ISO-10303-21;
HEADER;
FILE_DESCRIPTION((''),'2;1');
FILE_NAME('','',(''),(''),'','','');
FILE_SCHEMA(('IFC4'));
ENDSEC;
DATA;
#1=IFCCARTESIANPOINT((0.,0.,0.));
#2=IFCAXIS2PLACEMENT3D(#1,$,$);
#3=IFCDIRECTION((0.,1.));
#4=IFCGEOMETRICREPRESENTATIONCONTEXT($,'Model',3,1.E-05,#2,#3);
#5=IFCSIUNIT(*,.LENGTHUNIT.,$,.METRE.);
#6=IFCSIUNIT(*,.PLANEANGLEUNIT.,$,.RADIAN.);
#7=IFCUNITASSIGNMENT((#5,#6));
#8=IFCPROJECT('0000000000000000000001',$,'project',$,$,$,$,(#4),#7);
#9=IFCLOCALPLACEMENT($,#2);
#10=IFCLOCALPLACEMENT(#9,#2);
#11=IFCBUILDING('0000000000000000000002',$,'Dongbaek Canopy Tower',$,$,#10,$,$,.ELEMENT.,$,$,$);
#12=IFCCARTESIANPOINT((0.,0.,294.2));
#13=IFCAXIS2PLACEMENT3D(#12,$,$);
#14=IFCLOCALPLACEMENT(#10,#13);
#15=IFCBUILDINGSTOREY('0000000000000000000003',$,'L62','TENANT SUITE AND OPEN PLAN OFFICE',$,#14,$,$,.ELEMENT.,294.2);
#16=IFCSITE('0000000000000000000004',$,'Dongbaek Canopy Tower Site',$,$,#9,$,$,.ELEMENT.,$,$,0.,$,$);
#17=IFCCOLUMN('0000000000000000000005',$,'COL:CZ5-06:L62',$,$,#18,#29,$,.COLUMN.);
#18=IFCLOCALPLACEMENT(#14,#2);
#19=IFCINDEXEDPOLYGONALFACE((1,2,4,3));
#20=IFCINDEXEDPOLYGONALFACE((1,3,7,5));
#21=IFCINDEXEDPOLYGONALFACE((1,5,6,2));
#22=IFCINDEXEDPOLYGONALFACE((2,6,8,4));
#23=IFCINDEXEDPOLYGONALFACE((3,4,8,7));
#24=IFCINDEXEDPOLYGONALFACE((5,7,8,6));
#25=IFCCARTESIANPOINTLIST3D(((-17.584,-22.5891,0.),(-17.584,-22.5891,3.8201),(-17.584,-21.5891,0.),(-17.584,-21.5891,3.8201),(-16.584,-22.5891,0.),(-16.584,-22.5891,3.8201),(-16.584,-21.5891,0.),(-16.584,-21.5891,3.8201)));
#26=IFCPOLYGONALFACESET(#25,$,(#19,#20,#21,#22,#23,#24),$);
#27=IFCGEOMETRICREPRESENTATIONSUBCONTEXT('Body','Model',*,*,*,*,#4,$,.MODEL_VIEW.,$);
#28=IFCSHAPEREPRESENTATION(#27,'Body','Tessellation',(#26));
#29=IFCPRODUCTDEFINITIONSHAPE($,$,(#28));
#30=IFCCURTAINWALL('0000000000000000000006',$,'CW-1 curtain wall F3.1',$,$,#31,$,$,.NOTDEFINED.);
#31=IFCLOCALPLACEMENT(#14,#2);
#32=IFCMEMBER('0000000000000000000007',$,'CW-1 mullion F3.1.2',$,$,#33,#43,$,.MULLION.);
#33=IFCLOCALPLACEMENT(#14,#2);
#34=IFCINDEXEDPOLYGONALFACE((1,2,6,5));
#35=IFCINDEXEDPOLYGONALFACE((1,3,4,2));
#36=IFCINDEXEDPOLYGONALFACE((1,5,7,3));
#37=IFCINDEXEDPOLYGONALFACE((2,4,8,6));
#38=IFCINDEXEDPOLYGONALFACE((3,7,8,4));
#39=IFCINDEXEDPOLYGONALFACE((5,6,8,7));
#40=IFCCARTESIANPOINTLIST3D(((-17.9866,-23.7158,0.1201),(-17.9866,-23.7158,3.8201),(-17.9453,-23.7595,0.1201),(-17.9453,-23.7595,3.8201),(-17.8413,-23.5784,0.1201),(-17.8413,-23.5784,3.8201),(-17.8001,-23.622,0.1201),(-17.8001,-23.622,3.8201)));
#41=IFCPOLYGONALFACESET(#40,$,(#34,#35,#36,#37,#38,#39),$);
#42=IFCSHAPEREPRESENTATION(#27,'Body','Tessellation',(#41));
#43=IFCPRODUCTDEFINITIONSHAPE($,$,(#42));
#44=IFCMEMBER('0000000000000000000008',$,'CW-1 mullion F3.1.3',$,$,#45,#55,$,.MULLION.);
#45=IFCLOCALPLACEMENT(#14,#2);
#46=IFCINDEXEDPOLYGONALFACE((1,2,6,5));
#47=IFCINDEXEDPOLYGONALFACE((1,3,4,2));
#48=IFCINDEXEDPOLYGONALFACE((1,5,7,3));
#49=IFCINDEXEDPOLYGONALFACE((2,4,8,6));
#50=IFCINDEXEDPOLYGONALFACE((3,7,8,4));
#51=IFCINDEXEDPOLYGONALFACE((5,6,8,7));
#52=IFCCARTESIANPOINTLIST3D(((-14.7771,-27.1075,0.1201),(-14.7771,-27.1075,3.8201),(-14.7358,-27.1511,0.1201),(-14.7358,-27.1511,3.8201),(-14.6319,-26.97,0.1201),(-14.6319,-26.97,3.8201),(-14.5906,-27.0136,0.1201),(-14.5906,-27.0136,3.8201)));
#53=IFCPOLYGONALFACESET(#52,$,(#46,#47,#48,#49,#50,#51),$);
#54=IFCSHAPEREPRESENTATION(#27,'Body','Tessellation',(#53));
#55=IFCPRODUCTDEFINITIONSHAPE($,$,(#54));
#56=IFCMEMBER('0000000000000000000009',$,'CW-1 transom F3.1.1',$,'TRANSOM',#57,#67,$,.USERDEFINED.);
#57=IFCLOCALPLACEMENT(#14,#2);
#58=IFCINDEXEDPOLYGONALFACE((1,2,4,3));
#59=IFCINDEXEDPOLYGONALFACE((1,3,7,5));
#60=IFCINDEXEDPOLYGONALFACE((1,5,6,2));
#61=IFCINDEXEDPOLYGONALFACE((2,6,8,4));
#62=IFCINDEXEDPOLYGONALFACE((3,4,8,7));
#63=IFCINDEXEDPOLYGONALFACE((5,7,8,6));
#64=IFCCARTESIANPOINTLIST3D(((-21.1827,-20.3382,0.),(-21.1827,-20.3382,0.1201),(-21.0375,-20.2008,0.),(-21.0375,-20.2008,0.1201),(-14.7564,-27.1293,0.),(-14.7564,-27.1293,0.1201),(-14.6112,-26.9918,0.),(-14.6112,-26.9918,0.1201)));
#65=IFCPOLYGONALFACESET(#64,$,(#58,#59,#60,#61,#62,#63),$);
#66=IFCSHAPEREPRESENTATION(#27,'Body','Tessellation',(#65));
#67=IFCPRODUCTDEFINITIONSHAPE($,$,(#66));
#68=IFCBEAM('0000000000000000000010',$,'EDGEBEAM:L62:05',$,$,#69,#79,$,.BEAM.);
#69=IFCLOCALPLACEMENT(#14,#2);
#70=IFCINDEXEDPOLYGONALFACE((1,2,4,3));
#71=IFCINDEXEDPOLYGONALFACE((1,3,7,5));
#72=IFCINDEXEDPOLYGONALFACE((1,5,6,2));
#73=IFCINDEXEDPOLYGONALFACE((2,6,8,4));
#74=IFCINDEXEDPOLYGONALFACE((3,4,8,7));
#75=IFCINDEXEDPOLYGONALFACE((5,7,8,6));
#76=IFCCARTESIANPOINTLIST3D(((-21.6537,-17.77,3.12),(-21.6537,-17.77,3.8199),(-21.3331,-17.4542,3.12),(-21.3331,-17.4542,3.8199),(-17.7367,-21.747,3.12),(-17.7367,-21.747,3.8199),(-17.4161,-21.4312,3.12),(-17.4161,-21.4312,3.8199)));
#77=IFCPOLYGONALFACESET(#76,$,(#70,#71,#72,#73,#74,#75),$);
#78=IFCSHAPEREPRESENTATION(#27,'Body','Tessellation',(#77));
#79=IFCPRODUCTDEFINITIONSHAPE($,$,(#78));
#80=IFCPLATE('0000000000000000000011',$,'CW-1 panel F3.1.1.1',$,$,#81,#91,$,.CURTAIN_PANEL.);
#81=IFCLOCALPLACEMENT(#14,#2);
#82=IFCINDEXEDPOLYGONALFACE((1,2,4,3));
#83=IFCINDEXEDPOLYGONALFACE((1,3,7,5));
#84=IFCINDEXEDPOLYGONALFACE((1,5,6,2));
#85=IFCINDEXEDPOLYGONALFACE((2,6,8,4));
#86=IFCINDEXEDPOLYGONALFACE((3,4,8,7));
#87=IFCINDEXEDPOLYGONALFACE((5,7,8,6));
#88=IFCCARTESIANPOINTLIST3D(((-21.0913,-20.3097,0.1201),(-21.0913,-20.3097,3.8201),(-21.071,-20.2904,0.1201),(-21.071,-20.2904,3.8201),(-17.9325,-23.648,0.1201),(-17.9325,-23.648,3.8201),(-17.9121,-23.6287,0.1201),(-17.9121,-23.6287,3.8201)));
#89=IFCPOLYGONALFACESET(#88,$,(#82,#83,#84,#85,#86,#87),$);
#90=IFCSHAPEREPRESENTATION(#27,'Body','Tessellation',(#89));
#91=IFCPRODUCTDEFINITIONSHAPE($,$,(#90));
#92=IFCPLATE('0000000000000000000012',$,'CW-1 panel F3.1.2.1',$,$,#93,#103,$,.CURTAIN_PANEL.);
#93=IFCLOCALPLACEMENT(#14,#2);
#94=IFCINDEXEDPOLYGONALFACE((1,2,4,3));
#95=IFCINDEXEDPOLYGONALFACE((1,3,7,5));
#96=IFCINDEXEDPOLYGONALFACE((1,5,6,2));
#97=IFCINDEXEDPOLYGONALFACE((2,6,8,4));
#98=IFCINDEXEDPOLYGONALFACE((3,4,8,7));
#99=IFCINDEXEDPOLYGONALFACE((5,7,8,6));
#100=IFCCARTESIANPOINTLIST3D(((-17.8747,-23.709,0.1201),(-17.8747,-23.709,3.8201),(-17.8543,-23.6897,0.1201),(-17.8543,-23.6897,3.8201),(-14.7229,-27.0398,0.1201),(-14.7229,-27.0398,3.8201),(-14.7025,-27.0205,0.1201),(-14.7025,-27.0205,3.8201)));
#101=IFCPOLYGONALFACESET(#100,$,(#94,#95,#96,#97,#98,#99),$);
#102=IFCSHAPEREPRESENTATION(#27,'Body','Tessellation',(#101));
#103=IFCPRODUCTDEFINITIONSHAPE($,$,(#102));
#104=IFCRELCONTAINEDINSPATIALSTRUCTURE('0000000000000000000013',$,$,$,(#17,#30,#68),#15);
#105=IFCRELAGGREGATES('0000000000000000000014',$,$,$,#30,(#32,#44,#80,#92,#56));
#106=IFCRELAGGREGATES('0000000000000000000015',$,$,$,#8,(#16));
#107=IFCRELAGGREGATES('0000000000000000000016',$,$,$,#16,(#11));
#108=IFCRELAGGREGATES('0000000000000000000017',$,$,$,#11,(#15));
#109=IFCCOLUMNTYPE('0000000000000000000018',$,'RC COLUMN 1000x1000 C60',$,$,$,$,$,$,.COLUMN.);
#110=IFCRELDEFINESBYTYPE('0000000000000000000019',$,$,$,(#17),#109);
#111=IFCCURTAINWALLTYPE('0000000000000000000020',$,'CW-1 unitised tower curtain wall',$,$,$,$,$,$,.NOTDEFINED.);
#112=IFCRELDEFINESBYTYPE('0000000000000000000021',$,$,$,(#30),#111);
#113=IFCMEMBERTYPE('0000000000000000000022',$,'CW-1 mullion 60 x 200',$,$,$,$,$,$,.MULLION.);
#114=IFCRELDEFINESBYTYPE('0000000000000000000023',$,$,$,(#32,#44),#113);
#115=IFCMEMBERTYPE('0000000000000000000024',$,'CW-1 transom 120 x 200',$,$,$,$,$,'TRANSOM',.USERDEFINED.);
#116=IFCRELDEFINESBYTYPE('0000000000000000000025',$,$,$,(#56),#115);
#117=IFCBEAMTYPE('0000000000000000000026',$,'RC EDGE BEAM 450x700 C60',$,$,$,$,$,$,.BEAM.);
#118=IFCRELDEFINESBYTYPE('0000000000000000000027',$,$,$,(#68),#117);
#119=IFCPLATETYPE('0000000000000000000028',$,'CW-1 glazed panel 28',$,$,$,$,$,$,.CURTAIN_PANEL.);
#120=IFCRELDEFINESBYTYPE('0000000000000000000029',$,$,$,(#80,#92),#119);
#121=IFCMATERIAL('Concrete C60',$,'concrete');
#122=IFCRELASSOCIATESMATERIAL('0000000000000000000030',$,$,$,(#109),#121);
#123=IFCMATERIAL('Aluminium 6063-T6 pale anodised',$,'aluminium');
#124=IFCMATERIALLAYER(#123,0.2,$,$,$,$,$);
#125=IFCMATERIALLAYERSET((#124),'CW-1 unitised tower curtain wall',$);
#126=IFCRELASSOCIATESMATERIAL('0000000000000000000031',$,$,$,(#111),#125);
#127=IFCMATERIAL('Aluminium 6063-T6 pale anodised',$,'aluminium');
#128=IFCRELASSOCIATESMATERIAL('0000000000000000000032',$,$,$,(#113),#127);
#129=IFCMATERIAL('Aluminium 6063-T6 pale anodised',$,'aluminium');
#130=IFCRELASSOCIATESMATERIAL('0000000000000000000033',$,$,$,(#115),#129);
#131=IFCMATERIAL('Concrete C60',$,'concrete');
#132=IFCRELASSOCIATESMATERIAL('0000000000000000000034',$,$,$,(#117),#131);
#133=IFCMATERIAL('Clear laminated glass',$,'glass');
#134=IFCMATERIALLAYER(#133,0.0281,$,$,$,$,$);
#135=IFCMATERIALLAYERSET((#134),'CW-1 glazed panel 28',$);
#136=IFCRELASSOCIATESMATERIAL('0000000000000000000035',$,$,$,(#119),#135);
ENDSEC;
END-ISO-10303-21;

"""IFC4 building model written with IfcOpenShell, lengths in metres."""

from ifc_helpers import new_model, si_unit, direction, frame, origin, origin_2d, place, context, subcontext, project, spatial, rectangle, extrude, material, layer, layer_set, material_profile, profile_set, type_object, element, aggregate, save


model = new_model("IFC4")

# Units and contexts
model_context = context("Model", 3, precision=1e-05, world=origin(), true_north=direction((0.0, 1.0)))
body_context = subcontext(model_context, "Body", "Model", "MODEL_VIEW")
ifc_project = project(units=[si_unit("LENGTHUNIT", "METRE"), si_unit("PLANEANGLEUNIT", "RADIAN")], contexts=[model_context])

# Site, building, storey
site_placement = place(None, origin())
site = spatial("IfcSite", under=ifc_project, at=site_placement, Name="Dongbaek Canopy Tower Site", CompositionType="ELEMENT", RefElevation=0.0)
building_placement = place(site_placement, origin())
building = spatial("IfcBuilding", under=site, at=building_placement, Name="Dongbaek Canopy Tower", CompositionType="ELEMENT")
storey_placement = place(building_placement, frame((0.0, 0.0, 294.2)))
storey = spatial("IfcBuildingStorey", under=building, at=storey_placement, Name="L62", Description="TENANT SUITE AND OPEN PLAN OFFICE", CompositionType="ELEMENT", Elevation=294.2)

# Column
ifc_material_1 = material(Name="Concrete C60", Category="concrete")
ifc_material_profile_1 = material_profile(ifc_material_1, rectangle(XDim=1.0, YDim=1.0, at=origin_2d()), Name="RC COLUMN 1000x1000 C60")
ifc_profile_set_1 = profile_set([ifc_material_profile_1], Name="Concrete C60")
column_type = type_object("IfcColumnType", Name="RC COLUMN 1000x1000 C60", PredefinedType="COLUMN", material=ifc_profile_set_1)
column_placement = place(storey_placement, frame((-17.084, -22.0891, 0.0), z_axis=(0.0, 0.0, 1.0), x_axis=(1.0, 0.0, 0.0)))
element("IfcColumn", 1, at=column_placement, inside=storey, type_object=column_type, Name="COL:CZ5-06:L62", PredefinedType="COLUMN", context=body_context, shape_type="SweptSolid", body=[
    extrude(rectangle(XDim=1.0, YDim=1.0, at=origin_2d()), origin(), (0.0, 0.0, 1.0), 3.8201),
])

# Curtain wall, members
ifc_material_2 = material(Name="Aluminium 6063-T6 pale anodised", Category="aluminium")
ifc_layer_1 = layer(ifc_material_2, 0.2)
ifc_layer_set_1 = layer_set([ifc_layer_1], Name="CW-1 unitised tower curtain wall")
curtain_wall_type = type_object("IfcCurtainWallType", Name="CW-1 unitised tower curtain wall", PredefinedType="NOTDEFINED", material=ifc_layer_set_1)
curtain_wall_placement = place(storey_placement, origin())
curtain_wall = element("IfcCurtainWall", 2, at=curtain_wall_placement, inside=storey, type_object=curtain_wall_type, Name="CW-1 curtain wall F3.1", PredefinedType="NOTDEFINED")
ifc_material_3 = material(Name="Aluminium 6063-T6 pale anodised", Category="aluminium")
ifc_material_profile_2 = material_profile(ifc_material_3, rectangle(XDim=0.2, YDim=0.0601, at=origin_2d()), Name="CW-1 mullion 60 x 200")
ifc_profile_set_2 = profile_set([ifc_material_profile_2], Name="Aluminium 6063-T6 pale anodised")
member_type_1 = type_object("IfcMemberType", Name="CW-1 mullion 60 x 200", PredefinedType="MULLION", material=ifc_profile_set_2)
member_1_placement = place(storey_placement, frame((-17.8933, -23.6689, 0.1201), z_axis=(0.0, 0.0, 1.0), x_axis=(-0.726355, -0.68732, 0.0)))
member_1 = element("IfcMember", 3, at=member_1_placement, type_object=member_type_1, Name="CW-1 mullion F3.1.2", PredefinedType="MULLION", context=body_context, shape_type="SweptSolid", body=[
    extrude(rectangle(XDim=0.2, YDim=0.0601, at=origin_2d()), origin(), (0.0, 0.0, 1.0), 3.7),
])
member_2_placement = place(storey_placement, frame((-14.6838, -27.0605, 0.1201), z_axis=(0.0, 0.0, 1.0), x_axis=(-0.726355, -0.68732, 0.0)))
member_2 = element("IfcMember", 4, at=member_2_placement, type_object=member_type_1, Name="CW-1 mullion F3.1.3", PredefinedType="MULLION", context=body_context, shape_type="SweptSolid", body=[
    extrude(rectangle(XDim=0.2, YDim=0.0601, at=origin_2d()), origin(), (0.0, 0.0, 1.0), 3.7),
])
ifc_material_4 = material(Name="Aluminium 6063-T6 pale anodised", Category="aluminium")
ifc_material_profile_3 = material_profile(ifc_material_4, rectangle(XDim=0.2, YDim=0.1201, at=origin_2d()), Name="CW-1 transom 120 x 200")
ifc_profile_set_3 = profile_set([ifc_material_profile_3], Name="Aluminium 6063-T6 pale anodised")
member_type_2 = type_object("IfcMemberType", Name="CW-1 transom 120 x 200", ElementType="TRANSOM", PredefinedType="USERDEFINED", material=ifc_profile_set_3)
member_3_placement = place(storey_placement, frame((-21.1101, -20.2695, 0.0601), z_axis=(0.687332, -0.726344, 0.0), x_axis=(0.726344, 0.687332, 0.0)))
member_3 = element("IfcMember", 5, at=member_3_placement, type_object=member_type_2, Name="CW-1 transom F3.1.1", ObjectType="TRANSOM", PredefinedType="USERDEFINED", context=body_context, shape_type="SweptSolid", body=[
    extrude(rectangle(XDim=0.2, YDim=0.1201, at=origin_2d()), origin(), (0.0, 0.0, 1.0), 9.3496),
])

# Beam
ifc_material_5 = material(Name="Concrete C60", Category="concrete")
ifc_material_profile_4 = material_profile(ifc_material_5, rectangle(XDim=0.45, YDim=0.7, at=origin_2d()), Name="RC EDGE BEAM 450x700 C60")
ifc_profile_set_4 = profile_set([ifc_material_profile_4], Name="Concrete C60")
beam_type = type_object("IfcBeamType", Name="RC EDGE BEAM 450x700 C60", PredefinedType="BEAM", material=ifc_profile_set_4)
beam_placement = place(storey_placement, frame((-17.5764, -21.5891, 3.47), z_axis=(-0.701707, 0.712466, 0.0), x_axis=(-0.712466, -0.701707, 0.0)))
element("IfcBeam", 6, at=beam_placement, inside=storey, type_object=beam_type, Name="EDGEBEAM:L62:05", PredefinedType="BEAM", context=body_context, shape_type="SweptSolid", body=[
    extrude(rectangle(XDim=0.45, YDim=0.7, at=origin_2d()), origin(), (0.0, 0.0, 1.0), 5.582),
])

# Plates
ifc_material_6 = material(Name="Clear laminated glass", Category="glass")
ifc_layer_2 = layer(ifc_material_6, 0.0281)
ifc_layer_set_2 = layer_set([ifc_layer_2], Name="CW-1 glazed panel 28")
plate_type = type_object("IfcPlateType", Name="CW-1 glazed panel 28", PredefinedType="CURTAIN_PANEL", material=ifc_layer_set_2)
plate_1_placement = place(storey_placement, frame((-19.5017, -21.9692, 0.1201), z_axis=(0.0, 0.0, 1.0), x_axis=(0.68732, -0.726355, 0.0)))
plate_1 = element("IfcPlate", 7, at=plate_1_placement, type_object=plate_type, Name="CW-1 panel F3.1.1.1", PredefinedType="CURTAIN_PANEL", context=body_context, shape_type="SweptSolid", body=[
    extrude(rectangle(XDim=4.5959, YDim=0.0281, at=origin_2d()), origin(), (0.0, 0.0, 1.0), 3.7),
])
plate_2_placement = place(storey_placement, frame((-16.2886, -25.3647, 0.1201), z_axis=(0.0, 0.0, 1.0), x_axis=(0.68732, -0.726355, 0.0)))
plate_2 = element("IfcPlate", 8, at=plate_2_placement, type_object=plate_type, Name="CW-1 panel F3.1.2.1", PredefinedType="CURTAIN_PANEL", context=body_context, shape_type="SweptSolid", body=[
    extrude(rectangle(XDim=4.5857, YDim=0.0281, at=origin_2d()), origin(), (0.0, 0.0, 1.0), 3.7),
])

aggregate(curtain_wall, [member_1, member_2, plate_1, plate_2, member_3])

save(model, "model.ifc")
